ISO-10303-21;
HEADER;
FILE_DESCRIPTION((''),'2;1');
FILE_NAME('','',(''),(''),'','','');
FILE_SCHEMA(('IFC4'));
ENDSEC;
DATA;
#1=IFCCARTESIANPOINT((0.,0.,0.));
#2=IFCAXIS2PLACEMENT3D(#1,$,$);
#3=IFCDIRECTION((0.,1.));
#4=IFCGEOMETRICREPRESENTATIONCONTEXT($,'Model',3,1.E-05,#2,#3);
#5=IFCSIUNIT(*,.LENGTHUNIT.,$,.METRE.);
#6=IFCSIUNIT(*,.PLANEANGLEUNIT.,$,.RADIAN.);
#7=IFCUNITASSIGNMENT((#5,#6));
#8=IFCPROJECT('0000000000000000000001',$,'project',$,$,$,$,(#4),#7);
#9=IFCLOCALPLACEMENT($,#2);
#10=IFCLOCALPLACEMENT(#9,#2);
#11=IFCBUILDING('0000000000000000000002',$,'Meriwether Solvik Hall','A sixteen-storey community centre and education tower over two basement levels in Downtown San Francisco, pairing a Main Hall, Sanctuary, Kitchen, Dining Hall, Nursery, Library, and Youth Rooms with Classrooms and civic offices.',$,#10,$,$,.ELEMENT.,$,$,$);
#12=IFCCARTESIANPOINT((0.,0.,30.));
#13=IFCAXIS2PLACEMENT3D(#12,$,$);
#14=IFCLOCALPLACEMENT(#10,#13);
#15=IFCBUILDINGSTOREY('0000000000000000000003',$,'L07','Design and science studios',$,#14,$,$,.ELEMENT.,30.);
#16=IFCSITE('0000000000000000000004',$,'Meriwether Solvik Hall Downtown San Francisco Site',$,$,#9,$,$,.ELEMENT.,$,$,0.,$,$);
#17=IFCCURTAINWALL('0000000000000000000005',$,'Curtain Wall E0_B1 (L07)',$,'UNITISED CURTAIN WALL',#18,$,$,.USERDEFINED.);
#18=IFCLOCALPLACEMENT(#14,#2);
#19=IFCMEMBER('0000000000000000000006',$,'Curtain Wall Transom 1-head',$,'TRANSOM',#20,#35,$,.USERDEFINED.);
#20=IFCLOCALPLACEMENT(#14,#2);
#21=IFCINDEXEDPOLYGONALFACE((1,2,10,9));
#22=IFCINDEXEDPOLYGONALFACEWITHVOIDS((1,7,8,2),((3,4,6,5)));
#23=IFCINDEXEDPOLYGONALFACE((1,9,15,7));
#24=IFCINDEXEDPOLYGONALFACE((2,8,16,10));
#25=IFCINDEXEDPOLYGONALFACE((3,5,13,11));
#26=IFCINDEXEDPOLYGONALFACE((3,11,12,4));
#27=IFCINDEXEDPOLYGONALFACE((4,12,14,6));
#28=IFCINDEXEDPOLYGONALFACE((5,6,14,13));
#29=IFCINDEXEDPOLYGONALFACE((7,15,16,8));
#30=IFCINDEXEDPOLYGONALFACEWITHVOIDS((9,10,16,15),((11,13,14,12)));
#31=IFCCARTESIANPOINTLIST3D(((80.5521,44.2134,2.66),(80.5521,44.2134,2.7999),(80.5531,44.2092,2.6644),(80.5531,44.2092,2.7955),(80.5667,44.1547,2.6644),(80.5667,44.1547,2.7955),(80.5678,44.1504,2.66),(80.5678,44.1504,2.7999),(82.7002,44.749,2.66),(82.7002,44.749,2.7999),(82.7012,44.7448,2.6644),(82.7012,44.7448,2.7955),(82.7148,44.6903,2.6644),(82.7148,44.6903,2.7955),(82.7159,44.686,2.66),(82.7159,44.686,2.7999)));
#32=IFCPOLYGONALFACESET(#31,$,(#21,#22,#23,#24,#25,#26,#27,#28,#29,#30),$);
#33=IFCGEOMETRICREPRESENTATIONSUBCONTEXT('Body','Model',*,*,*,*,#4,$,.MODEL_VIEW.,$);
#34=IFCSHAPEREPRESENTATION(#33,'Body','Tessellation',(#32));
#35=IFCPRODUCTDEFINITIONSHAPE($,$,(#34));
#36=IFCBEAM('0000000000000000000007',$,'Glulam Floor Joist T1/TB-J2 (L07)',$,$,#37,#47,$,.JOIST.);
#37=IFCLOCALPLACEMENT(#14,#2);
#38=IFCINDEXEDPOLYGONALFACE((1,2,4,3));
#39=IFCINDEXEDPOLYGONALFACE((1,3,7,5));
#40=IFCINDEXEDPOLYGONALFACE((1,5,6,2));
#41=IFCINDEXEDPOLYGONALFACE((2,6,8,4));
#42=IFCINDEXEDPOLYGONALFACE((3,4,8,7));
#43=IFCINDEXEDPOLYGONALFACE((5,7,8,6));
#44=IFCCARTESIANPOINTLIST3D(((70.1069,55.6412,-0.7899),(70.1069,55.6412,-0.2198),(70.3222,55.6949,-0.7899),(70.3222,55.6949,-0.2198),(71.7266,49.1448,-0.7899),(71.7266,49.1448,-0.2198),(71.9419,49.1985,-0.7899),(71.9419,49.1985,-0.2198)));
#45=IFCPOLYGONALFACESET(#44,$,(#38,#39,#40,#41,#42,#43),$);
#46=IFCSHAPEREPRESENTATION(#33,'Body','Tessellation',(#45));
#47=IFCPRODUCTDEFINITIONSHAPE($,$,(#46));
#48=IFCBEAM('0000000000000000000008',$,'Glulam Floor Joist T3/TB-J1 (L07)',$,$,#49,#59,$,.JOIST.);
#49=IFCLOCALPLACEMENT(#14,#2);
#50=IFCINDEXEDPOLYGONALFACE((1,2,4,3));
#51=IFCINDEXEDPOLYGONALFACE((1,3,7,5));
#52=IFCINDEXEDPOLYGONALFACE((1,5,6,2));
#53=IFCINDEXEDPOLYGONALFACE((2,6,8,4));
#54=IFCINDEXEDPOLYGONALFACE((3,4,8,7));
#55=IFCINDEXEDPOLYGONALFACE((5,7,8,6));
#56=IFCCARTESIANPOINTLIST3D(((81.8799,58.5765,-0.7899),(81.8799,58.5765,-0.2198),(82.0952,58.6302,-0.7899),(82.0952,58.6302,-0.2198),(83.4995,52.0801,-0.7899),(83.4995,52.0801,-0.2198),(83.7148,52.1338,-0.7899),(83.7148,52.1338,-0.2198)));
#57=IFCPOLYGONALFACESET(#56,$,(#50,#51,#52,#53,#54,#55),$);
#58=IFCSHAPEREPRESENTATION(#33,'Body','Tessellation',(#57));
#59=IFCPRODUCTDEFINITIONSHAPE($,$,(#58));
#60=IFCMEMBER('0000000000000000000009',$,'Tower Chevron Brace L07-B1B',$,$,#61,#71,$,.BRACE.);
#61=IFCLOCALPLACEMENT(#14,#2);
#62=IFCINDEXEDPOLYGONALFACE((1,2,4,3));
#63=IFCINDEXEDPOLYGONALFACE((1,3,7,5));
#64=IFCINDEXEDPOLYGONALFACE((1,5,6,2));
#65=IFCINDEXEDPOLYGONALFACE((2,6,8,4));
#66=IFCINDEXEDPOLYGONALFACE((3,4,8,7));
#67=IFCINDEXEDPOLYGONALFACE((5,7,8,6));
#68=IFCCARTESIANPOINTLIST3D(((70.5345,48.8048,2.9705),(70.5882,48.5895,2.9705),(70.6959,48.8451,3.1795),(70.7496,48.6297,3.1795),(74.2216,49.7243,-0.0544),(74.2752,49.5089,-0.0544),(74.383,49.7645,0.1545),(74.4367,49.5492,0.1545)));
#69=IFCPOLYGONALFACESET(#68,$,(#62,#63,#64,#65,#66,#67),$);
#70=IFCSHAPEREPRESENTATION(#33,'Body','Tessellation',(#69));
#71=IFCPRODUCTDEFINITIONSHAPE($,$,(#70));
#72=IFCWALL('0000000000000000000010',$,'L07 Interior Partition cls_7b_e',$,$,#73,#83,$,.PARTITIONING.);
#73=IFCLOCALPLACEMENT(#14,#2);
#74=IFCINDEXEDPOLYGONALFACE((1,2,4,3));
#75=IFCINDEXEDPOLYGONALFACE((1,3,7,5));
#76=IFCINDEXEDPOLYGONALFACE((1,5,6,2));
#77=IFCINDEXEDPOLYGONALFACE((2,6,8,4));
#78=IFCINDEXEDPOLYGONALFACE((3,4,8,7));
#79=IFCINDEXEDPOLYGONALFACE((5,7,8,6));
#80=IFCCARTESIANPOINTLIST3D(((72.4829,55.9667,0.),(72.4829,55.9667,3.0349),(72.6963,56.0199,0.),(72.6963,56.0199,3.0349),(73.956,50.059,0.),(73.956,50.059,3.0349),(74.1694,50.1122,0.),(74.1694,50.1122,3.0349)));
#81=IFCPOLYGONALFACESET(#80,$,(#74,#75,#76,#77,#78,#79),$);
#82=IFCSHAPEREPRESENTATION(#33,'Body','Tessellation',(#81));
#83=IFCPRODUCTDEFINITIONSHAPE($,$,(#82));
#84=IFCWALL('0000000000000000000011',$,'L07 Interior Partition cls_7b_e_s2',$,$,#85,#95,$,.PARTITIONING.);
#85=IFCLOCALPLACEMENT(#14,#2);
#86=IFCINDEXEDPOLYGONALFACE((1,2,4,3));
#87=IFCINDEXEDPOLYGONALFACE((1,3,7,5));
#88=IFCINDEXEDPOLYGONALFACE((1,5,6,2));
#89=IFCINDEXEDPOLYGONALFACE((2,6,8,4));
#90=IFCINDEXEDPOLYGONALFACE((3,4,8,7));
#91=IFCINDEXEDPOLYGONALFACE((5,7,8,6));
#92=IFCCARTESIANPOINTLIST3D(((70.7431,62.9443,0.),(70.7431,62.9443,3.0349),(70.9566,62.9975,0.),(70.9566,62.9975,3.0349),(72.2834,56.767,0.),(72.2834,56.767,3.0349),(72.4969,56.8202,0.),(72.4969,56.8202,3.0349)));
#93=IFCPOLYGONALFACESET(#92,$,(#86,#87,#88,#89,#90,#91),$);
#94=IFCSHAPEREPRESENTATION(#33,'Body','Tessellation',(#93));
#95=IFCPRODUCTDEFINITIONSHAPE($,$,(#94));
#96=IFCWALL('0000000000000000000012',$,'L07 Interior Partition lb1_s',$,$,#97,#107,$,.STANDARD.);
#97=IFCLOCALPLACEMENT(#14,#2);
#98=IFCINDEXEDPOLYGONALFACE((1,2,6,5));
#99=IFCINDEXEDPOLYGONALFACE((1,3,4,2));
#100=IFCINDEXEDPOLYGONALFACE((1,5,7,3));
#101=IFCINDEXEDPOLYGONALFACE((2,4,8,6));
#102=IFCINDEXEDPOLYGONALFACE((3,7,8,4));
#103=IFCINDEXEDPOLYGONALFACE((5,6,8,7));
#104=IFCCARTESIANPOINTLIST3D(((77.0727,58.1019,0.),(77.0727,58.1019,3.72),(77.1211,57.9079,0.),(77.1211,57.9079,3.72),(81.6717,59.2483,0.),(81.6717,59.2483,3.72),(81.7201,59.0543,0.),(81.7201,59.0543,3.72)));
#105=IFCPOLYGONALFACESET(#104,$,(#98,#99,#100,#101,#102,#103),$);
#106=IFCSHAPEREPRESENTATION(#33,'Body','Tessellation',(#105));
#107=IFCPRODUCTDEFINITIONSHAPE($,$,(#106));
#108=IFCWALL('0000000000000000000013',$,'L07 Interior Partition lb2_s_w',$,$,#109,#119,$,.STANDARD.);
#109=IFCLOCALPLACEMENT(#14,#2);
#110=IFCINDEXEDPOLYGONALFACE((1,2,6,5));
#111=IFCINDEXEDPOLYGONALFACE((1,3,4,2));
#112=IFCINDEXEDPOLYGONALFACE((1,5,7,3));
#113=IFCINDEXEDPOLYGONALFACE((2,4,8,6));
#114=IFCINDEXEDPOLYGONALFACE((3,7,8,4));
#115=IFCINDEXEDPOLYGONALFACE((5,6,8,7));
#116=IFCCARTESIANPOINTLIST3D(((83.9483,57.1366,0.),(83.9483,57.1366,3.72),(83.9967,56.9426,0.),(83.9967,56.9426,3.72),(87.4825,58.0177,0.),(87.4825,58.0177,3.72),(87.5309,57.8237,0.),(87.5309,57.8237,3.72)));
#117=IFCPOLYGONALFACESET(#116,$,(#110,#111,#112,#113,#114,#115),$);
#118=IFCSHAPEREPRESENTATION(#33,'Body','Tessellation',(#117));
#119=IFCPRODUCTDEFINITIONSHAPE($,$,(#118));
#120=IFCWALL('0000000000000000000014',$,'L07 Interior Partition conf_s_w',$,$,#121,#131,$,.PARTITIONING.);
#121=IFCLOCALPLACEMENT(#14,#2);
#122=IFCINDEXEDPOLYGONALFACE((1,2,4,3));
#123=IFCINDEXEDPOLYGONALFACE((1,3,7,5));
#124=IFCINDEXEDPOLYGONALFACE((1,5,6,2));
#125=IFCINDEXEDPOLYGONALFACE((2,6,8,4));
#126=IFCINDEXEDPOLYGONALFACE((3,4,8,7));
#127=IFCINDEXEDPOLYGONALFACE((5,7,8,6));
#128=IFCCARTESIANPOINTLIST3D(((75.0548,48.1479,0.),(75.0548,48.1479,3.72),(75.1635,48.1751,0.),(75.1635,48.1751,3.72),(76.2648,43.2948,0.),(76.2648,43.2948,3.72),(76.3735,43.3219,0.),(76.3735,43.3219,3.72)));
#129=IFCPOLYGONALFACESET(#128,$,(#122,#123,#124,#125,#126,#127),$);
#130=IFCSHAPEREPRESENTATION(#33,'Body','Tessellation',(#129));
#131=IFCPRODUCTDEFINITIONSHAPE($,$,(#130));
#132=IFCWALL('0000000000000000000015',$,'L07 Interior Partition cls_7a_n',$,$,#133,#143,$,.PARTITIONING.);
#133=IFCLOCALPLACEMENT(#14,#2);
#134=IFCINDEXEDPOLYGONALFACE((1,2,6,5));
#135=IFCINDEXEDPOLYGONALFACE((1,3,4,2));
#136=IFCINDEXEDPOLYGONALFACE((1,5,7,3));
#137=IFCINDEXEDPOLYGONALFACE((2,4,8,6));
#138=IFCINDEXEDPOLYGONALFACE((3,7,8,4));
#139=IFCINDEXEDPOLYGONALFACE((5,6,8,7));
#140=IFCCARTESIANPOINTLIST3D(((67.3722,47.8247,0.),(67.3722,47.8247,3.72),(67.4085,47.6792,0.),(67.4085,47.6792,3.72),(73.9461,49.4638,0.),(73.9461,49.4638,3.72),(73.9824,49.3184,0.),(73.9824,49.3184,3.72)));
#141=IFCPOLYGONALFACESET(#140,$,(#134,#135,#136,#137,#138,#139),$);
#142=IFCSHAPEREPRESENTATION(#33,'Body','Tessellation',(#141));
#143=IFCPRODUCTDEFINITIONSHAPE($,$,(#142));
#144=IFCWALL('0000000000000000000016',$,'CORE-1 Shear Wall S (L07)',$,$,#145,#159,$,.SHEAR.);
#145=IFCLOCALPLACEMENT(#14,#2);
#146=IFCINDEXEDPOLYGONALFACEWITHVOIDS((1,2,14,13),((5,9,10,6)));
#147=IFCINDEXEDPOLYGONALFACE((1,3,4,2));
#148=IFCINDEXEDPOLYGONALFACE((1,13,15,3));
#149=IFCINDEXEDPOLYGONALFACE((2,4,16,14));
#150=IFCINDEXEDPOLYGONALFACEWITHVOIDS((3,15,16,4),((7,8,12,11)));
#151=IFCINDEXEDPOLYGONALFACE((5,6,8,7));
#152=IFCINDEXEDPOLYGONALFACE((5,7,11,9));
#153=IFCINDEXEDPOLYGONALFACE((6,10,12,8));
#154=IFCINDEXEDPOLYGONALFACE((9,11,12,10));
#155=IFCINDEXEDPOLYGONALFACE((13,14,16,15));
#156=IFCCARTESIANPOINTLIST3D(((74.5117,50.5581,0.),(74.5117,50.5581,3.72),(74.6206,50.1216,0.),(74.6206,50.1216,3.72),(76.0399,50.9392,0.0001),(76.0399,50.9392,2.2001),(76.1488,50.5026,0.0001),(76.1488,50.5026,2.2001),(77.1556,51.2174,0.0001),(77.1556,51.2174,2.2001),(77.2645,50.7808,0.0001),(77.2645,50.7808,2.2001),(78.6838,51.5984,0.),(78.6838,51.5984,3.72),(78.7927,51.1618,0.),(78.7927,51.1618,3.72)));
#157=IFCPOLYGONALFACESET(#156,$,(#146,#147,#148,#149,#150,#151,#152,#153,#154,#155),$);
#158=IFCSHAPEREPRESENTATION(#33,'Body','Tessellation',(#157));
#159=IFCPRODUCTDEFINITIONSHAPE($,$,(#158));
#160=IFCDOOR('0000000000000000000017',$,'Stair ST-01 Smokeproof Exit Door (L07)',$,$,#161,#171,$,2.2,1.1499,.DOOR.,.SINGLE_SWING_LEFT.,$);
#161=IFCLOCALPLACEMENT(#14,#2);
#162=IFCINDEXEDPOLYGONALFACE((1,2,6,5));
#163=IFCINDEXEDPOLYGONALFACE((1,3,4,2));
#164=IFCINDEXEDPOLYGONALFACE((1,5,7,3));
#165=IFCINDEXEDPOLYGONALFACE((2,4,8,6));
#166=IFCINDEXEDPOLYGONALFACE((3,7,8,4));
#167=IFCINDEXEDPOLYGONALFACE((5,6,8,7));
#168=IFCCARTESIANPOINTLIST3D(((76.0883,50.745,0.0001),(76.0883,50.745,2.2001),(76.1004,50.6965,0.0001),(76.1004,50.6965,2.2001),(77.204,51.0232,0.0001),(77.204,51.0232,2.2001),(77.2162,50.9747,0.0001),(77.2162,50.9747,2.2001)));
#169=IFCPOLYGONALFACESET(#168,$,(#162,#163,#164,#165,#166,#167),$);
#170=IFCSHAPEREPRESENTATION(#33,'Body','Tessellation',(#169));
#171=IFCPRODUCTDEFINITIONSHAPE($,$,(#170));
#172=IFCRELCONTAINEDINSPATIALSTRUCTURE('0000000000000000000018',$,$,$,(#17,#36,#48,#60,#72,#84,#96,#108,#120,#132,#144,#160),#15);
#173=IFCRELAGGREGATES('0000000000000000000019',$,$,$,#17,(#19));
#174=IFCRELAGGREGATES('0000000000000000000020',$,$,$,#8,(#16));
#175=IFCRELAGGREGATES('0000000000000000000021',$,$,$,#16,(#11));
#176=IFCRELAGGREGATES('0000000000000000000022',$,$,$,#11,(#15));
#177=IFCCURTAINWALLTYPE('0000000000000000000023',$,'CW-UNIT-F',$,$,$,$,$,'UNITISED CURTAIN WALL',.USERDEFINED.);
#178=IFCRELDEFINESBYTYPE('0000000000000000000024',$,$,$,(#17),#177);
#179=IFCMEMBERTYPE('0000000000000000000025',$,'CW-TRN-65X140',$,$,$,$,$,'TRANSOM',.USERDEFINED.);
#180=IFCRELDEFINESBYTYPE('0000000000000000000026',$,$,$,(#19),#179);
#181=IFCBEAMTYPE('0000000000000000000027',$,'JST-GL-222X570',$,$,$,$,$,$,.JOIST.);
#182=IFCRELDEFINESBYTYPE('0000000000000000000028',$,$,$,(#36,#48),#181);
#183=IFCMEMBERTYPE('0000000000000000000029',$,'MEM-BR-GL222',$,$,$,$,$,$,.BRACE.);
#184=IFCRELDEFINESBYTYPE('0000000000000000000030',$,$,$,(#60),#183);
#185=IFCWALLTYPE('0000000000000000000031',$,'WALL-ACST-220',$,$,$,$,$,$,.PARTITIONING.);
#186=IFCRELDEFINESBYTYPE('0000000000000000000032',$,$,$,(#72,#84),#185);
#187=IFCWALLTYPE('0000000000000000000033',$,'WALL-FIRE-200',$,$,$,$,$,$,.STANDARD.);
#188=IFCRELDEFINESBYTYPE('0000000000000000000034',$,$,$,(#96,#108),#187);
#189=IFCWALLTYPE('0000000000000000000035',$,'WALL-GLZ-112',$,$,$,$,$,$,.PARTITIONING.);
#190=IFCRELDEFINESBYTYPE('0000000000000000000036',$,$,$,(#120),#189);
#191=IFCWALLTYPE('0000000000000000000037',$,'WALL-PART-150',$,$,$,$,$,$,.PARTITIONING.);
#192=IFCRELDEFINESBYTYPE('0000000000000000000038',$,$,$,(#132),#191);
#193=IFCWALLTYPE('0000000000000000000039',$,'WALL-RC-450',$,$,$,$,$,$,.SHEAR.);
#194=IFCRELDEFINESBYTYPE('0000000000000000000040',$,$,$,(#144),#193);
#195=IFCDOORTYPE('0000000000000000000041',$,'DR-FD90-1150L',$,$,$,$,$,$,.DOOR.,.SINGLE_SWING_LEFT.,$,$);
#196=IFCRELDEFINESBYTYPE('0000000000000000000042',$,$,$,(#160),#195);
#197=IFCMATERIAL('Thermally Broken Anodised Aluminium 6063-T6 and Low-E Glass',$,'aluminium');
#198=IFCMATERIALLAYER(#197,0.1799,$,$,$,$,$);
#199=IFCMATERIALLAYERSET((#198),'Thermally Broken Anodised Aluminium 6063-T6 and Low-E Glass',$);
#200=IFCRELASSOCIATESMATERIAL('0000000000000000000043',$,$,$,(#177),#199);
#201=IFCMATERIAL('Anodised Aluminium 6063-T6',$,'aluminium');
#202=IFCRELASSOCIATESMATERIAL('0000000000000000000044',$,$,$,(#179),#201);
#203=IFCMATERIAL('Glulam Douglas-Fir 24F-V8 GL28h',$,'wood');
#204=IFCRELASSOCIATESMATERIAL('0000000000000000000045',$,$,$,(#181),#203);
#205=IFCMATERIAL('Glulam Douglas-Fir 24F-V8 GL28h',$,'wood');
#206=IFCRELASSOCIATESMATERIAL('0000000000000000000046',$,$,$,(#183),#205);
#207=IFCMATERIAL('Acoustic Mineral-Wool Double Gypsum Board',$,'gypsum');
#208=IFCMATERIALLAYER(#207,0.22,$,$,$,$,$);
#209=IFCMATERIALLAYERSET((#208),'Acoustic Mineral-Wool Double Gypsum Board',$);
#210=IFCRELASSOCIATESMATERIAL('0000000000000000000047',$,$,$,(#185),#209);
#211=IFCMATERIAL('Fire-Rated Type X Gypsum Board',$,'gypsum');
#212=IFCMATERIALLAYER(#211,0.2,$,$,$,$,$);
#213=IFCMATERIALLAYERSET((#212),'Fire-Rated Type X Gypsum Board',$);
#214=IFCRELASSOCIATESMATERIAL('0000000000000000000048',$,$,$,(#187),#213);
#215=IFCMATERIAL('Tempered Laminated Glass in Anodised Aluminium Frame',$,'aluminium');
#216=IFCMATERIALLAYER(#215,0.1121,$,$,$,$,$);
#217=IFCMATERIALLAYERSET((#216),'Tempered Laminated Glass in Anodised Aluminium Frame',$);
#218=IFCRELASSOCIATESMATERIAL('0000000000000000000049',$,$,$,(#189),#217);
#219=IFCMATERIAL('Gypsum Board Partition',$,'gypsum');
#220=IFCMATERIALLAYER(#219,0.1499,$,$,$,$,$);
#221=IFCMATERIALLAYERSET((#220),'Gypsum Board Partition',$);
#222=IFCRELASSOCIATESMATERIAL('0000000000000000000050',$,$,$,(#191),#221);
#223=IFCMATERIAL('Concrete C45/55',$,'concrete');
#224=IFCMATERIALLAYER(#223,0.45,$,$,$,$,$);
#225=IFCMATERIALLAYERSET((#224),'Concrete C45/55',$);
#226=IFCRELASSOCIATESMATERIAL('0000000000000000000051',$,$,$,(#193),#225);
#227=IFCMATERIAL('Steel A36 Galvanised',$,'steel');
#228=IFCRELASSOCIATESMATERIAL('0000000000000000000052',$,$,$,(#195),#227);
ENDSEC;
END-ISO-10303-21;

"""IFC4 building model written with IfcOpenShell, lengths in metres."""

from ifc_helpers import new_model, si_unit, direction, frame, frame_2d, origin, origin_2d, place, context, subcontext, project, spatial, rectangle, hollow_rectangle, extrude, material, layer, layer_set, material_profile, profile_set, type_object, element, fill, aggregate, save


model = new_model("IFC4")

# Units and contexts
model_context = context("Model", 3, precision=1e-05, world=origin(), true_north=direction((0.0, 1.0)))
body_context = subcontext(model_context, "Body", "Model", "MODEL_VIEW")
ifc_project = project(units=[si_unit("LENGTHUNIT", "METRE"), si_unit("PLANEANGLEUNIT", "RADIAN")], contexts=[model_context])

# Site, building, storey
site_placement = place(None, origin())
site = spatial("IfcSite", under=ifc_project, at=site_placement, Name="Meriwether Solvik Hall Downtown San Francisco Site", CompositionType="ELEMENT", RefElevation=0.0)
building_placement = place(site_placement, origin())
building = spatial("IfcBuilding", under=site, at=building_placement, Name="Meriwether Solvik Hall", Description="A sixteen-storey community centre and education tower over two basement levels in Downtown San Francisco, pairing a Main Hall, Sanctuary, Kitchen, Dining Hall, Nursery, Library, and Youth Rooms with Classrooms and civic offices.", CompositionType="ELEMENT")
storey_placement = place(building_placement, frame((0.0, 0.0, 30.0)))
storey = spatial("IfcBuildingStorey", under=building, at=storey_placement, Name="L07", Description="Design and science studios", CompositionType="ELEMENT", Elevation=30.0)

# Curtain wall, member
ifc_material_1 = material(Name="Thermally Broken Anodised Aluminium 6063-T6 and Low-E Glass", Category="aluminium")
ifc_layer_1 = layer(ifc_material_1, 0.1799)
ifc_layer_set_1 = layer_set([ifc_layer_1], Name="Thermally Broken Anodised Aluminium 6063-T6 and Low-E Glass")
curtain_wall_type_1 = type_object("IfcCurtainWallType", Name="CW-UNIT-F", ElementType="UNITISED CURTAIN WALL", PredefinedType="USERDEFINED", material=ifc_layer_set_1)
curtain_wall_1_placement = place(storey_placement, origin())
curtain_wall_1 = element("IfcCurtainWall", 1, at=curtain_wall_1_placement, inside=storey, type_object=curtain_wall_type_1, Name="Curtain Wall E0_B1 (L07)", ObjectType="UNITISED CURTAIN WALL", PredefinedType="USERDEFINED")
ifc_material_2 = material(Name="Anodised Aluminium 6063-T6", Category="aluminium")
ifc_material_profile_1 = material_profile(ifc_material_2, hollow_rectangle(XDim=0.0649, YDim=0.1399, WallThickness=0.0044, at=origin_2d()), Name="CWT-65X140")
ifc_profile_set_1 = profile_set([ifc_material_profile_1], Name="Anodised Aluminium 6063-T6")
member_type_1 = type_object("IfcMemberType", Name="CW-TRN-65X140", ElementType="TRANSOM", PredefinedType="USERDEFINED", material=ifc_profile_set_1)
member_1_placement = place(storey_placement, frame((82.708, 44.7175, 2.73), z_axis=(-0.970292, -0.241939, 0.0), x_axis=(0.241939, -0.970292, 0.0)))
member_1 = element("IfcMember", 2, at=member_1_placement, type_object=member_type_1, Name="Curtain Wall Transom 1-head", ObjectType="TRANSOM", PredefinedType="USERDEFINED", context=body_context, shape_type="SweptSolid", body=[
    extrude(hollow_rectangle(XDim=0.0649, YDim=0.1399, WallThickness=0.0044, at=origin_2d()), origin(), (0.0, 0.0, 1.0), 2.2139),
])
aggregate(curtain_wall_1, [member_1])

# Beams
ifc_material_3 = material(Name="Glulam Douglas-Fir 24F-V8 GL28h", Category="wood")
ifc_material_profile_2 = material_profile(ifc_material_3, rectangle(XDim=0.2219, YDim=0.5701, at=origin_2d()), Name="GLJ-222X570")
ifc_profile_set_2 = profile_set([ifc_material_profile_2], Name="Glulam Douglas-Fir 24F-V8 GL28h")
beam_type_1 = type_object("IfcBeamType", Name="JST-GL-222X570", PredefinedType="JOIST", material=ifc_profile_set_2)
for number, where, z_axis, x_axis, name in (
    (3, (71.8342, 49.1716, -0.5049), (-0.241909, 0.970299, 0.0), (-0.970299, -0.241909, 0.0), "Glulam Floor Joist T1/TB-J2 (L07)"),
    (4, (83.6072, 52.1069, -0.5049), (-0.241909, 0.970299, 0.0), (-0.970299, -0.241909, 0.0), "Glulam Floor Joist T3/TB-J1 (L07)"),
):
    element("IfcBeam", number, at=place(storey_placement, frame(where, z_axis=z_axis, x_axis=x_axis)), inside=storey, type_object=beam_type_1, Name=name, PredefinedType="JOIST", context=body_context, shape_type="SweptSolid", body=[
        extrude(rectangle(XDim=0.2219, YDim=0.5701, at=origin_2d()), origin(), (0.0, 0.0, 1.0), 6.6953),
    ])

# Member
ifc_material_4 = material(Name="Glulam Douglas-Fir 24F-V8 GL28h", Category="wood")
ifc_material_profile_3 = material_profile(ifc_material_4, rectangle(XDim=0.2219, YDim=0.2671, at=origin_2d()), Name="GLM-222X267")
ifc_profile_set_3 = profile_set([ifc_material_profile_3], Name="Glulam Douglas-Fir 24F-V8 GL28h")
member_type_2 = type_object("IfcMemberType", Name="MEM-BR-GL222", PredefinedType="BRACE", material=ifc_profile_set_3)
member_2_placement = place(storey_placement, frame((74.3291, 49.6367, 0.05), z_axis=(-0.759129, -0.189305, 0.622806), x_axis=(0.241961, -0.970286, 0.0)))
element("IfcMember", 5, at=member_2_placement, inside=storey, type_object=member_type_2, Name="Tower Chevron Brace L07-B1B", PredefinedType="BRACE", context=body_context, shape_type="SweptSolid", body=[
    extrude(rectangle(XDim=0.2219, YDim=0.2671, at=origin_2d()), origin(), (0.0, 0.0, 1.0), 4.8569),
])

# Walls
ifc_material_5 = material(Name="Acoustic Mineral-Wool Double Gypsum Board", Category="gypsum")
ifc_layer_2 = layer(ifc_material_5, 0.22)
ifc_layer_set_2 = layer_set([ifc_layer_2], Name="Acoustic Mineral-Wool Double Gypsum Board")
wall_type_1 = type_object("IfcWallType", Name="WALL-ACST-220", PredefinedType="PARTITIONING", material=ifc_layer_set_2)
wall_1_placement = place(storey_placement, frame((74.0627, 50.0854, 0.0), z_axis=(0.0, 0.0, 1.0), x_axis=(-0.241951, 0.970289, 0.0)))
element("IfcWall", 6, at=wall_1_placement, inside=storey, type_object=wall_type_1, Name="L07 Interior Partition cls_7b_e", PredefinedType="PARTITIONING", context=body_context, shape_type="SweptSolid", body=[
    extrude(rectangle(XDim=6.0886, YDim=0.22, at=frame_2d((3.0444, 0.0))), origin(), (0.0, 0.0, 1.0), 3.0349),
])
wall_2_placement = place(storey_placement, frame((72.3901, 56.7937, 0.0), z_axis=(0.0, 0.0, 1.0), x_axis=(-0.24194, 0.970291, 0.0)))
element("IfcWall", 7, at=wall_2_placement, inside=storey, type_object=wall_type_1, Name="L07 Interior Partition cls_7b_e_s2", PredefinedType="PARTITIONING", context=body_context, shape_type="SweptSolid", body=[
    extrude(rectangle(XDim=6.3665, YDim=0.22, at=frame_2d((3.1831, 0.0))), origin(), (0.0, 0.0, 1.0), 3.0349),
])
ifc_material_6 = material(Name="Fire-Rated Type X Gypsum Board", Category="gypsum")
ifc_layer_3 = layer(ifc_material_6, 0.2)
ifc_layer_set_3 = layer_set([ifc_layer_3], Name="Fire-Rated Type X Gypsum Board")
wall_type_2 = type_object("IfcWallType", Name="WALL-FIRE-200", PredefinedType="STANDARD", material=ifc_layer_set_3)
wall_3_placement = place(storey_placement, frame((77.0969, 58.0049, 0.0), z_axis=(0.0, 0.0, 1.0), x_axis=(0.970306, 0.241881, 0.0)))
element("IfcWall", 8, at=wall_3_placement, inside=storey, type_object=wall_type_2, Name="L07 Interior Partition lb1_s", PredefinedType="STANDARD", context=body_context, shape_type="SweptSolid", body=[
    extrude(rectangle(XDim=4.7397, YDim=0.2, at=frame_2d((2.3699, 0.0))), origin(), (0.0, 0.0, 1.0), 3.72),
])
wall_4_placement = place(storey_placement, frame((83.9724, 57.0396, 0.0), z_axis=(0.0, 0.0, 1.0), x_axis=(0.9703, 0.241905, 0.0)))
element("IfcWall", 9, at=wall_4_placement, inside=storey, type_object=wall_type_2, Name="L07 Interior Partition lb2_s_w", PredefinedType="STANDARD", context=body_context, shape_type="SweptSolid", body=[
    extrude(rectangle(XDim=3.6423, YDim=0.2, at=frame_2d((1.8213, 0.0))), origin(), (0.0, 0.0, 1.0), 3.72),
])
ifc_material_7 = material(Name="Tempered Laminated Glass in Anodised Aluminium Frame", Category="aluminium")
ifc_layer_4 = layer(ifc_material_7, 0.1121)
ifc_layer_set_4 = layer_set([ifc_layer_4], Name="Tempered Laminated Glass in Anodised Aluminium Frame")
wall_type_3 = type_object("IfcWallType", Name="WALL-GLZ-112", PredefinedType="PARTITIONING", material=ifc_layer_set_4)
wall_5_placement = place(storey_placement, frame((75.1091, 48.1616, 0.0), z_axis=(0.0, 0.0, 1.0), x_axis=(0.241915, -0.970297, 0.0)))
element("IfcWall", 10, at=wall_5_placement, inside=storey, type_object=wall_type_3, Name="L07 Interior Partition conf_s_w", PredefinedType="PARTITIONING", context=body_context, shape_type="SweptSolid", body=[
    extrude(rectangle(XDim=5.0017, YDim=0.1121, at=frame_2d((2.501, 0.0))), origin(), (0.0, 0.0, 1.0), 3.72),
])
ifc_material_8 = material(Name="Gypsum Board Partition", Category="gypsum")
ifc_layer_5 = layer(ifc_material_8, 0.1499)
ifc_layer_set_5 = layer_set([ifc_layer_5], Name="Gypsum Board Partition")
wall_type_4 = type_object("IfcWallType", Name="WALL-PART-150", PredefinedType="PARTITIONING", material=ifc_layer_set_5)
wall_6_placement = place(storey_placement, frame((73.9644, 49.3911, 0.0), z_axis=(0.0, 0.0, 1.0), x_axis=(-0.970293, -0.241934, 0.0)))
element("IfcWall", 11, at=wall_6_placement, inside=storey, type_object=wall_type_4, Name="L07 Interior Partition cls_7a_n", PredefinedType="PARTITIONING", context=body_context, shape_type="SweptSolid", body=[
    extrude(rectangle(XDim=6.7751, YDim=0.1499, at=frame_2d((3.3877, 0.0))), origin(), (0.0, 0.0, 1.0), 3.72),
])

# Wall, opening, door
ifc_material_9 = material(Name="Concrete C45/55", Category="concrete")
ifc_layer_6 = layer(ifc_material_9, 0.45)
ifc_layer_set_6 = layer_set([ifc_layer_6], Name="Concrete C45/55")
wall_type_5 = type_object("IfcWallType", Name="WALL-RC-450", PredefinedType="SHEAR", material=ifc_layer_set_6)
wall_7_placement = place(storey_placement, frame((74.5662, 50.3398, 0.0), z_axis=(0.0, 0.0, 1.0), x_axis=(0.970293, 0.241934, 0.0)))
wall_7 = element("IfcWall", 12, at=wall_7_placement, inside=storey, type_object=wall_type_5, Name="CORE-1 Shear Wall S (L07)", PredefinedType="SHEAR", context=body_context, shape_type="SweptSolid", body=[
    extrude(rectangle(XDim=4.2998, YDim=0.45, at=frame_2d((2.1499, 0.0))), origin(), (0.0, 0.0, 1.0), 3.72),
])
opening_placement = place(wall_7_placement, frame((1.575, 0.0, 0.0)))
opening = element("IfcOpeningElement", 13, at=opening_placement, cuts=wall_7, PredefinedType="OPENING", context=body_context, shape_type="SweptSolid", body=[
    extrude(rectangle(XDim=1.1499, YDim=2.2, at=frame_2d((0.575, 1.1001))), frame((0.0, 0.2368, 0.0), z_axis=(0.0, -1.0, 0.0), x_axis=(1.0, 0.0, 0.0)), (0.0, 0.0, 1.0), 0.4739),
])
ifc_material_10 = material(Name="Steel A36 Galvanised", Category="steel")
door_type = type_object("IfcDoorType", Name="DR-FD90-1150L", OperationType="SINGLE_SWING_LEFT", PredefinedType="DOOR", material=ifc_material_10)
door_placement = place(opening_placement, origin())
door = element("IfcDoor", 14, at=door_placement, inside=storey, type_object=door_type, Name="Stair ST-01 Smokeproof Exit Door (L07)", OperationType="SINGLE_SWING_LEFT", OverallHeight=2.2, OverallWidth=1.1499, PredefinedType="DOOR", context=body_context, shape_type="SweptSolid", body=[
    extrude(rectangle(XDim=1.1499, YDim=2.2, at=frame_2d((0.575, 1.1001))), frame((0.0, 0.0249, 0.0), z_axis=(0.0, -1.0, 0.0), x_axis=(1.0, 0.0, 0.0)), (0.0, 0.0, 1.0), 0.05),
])
fill(opening, door)

save(model, "model.ifc")
